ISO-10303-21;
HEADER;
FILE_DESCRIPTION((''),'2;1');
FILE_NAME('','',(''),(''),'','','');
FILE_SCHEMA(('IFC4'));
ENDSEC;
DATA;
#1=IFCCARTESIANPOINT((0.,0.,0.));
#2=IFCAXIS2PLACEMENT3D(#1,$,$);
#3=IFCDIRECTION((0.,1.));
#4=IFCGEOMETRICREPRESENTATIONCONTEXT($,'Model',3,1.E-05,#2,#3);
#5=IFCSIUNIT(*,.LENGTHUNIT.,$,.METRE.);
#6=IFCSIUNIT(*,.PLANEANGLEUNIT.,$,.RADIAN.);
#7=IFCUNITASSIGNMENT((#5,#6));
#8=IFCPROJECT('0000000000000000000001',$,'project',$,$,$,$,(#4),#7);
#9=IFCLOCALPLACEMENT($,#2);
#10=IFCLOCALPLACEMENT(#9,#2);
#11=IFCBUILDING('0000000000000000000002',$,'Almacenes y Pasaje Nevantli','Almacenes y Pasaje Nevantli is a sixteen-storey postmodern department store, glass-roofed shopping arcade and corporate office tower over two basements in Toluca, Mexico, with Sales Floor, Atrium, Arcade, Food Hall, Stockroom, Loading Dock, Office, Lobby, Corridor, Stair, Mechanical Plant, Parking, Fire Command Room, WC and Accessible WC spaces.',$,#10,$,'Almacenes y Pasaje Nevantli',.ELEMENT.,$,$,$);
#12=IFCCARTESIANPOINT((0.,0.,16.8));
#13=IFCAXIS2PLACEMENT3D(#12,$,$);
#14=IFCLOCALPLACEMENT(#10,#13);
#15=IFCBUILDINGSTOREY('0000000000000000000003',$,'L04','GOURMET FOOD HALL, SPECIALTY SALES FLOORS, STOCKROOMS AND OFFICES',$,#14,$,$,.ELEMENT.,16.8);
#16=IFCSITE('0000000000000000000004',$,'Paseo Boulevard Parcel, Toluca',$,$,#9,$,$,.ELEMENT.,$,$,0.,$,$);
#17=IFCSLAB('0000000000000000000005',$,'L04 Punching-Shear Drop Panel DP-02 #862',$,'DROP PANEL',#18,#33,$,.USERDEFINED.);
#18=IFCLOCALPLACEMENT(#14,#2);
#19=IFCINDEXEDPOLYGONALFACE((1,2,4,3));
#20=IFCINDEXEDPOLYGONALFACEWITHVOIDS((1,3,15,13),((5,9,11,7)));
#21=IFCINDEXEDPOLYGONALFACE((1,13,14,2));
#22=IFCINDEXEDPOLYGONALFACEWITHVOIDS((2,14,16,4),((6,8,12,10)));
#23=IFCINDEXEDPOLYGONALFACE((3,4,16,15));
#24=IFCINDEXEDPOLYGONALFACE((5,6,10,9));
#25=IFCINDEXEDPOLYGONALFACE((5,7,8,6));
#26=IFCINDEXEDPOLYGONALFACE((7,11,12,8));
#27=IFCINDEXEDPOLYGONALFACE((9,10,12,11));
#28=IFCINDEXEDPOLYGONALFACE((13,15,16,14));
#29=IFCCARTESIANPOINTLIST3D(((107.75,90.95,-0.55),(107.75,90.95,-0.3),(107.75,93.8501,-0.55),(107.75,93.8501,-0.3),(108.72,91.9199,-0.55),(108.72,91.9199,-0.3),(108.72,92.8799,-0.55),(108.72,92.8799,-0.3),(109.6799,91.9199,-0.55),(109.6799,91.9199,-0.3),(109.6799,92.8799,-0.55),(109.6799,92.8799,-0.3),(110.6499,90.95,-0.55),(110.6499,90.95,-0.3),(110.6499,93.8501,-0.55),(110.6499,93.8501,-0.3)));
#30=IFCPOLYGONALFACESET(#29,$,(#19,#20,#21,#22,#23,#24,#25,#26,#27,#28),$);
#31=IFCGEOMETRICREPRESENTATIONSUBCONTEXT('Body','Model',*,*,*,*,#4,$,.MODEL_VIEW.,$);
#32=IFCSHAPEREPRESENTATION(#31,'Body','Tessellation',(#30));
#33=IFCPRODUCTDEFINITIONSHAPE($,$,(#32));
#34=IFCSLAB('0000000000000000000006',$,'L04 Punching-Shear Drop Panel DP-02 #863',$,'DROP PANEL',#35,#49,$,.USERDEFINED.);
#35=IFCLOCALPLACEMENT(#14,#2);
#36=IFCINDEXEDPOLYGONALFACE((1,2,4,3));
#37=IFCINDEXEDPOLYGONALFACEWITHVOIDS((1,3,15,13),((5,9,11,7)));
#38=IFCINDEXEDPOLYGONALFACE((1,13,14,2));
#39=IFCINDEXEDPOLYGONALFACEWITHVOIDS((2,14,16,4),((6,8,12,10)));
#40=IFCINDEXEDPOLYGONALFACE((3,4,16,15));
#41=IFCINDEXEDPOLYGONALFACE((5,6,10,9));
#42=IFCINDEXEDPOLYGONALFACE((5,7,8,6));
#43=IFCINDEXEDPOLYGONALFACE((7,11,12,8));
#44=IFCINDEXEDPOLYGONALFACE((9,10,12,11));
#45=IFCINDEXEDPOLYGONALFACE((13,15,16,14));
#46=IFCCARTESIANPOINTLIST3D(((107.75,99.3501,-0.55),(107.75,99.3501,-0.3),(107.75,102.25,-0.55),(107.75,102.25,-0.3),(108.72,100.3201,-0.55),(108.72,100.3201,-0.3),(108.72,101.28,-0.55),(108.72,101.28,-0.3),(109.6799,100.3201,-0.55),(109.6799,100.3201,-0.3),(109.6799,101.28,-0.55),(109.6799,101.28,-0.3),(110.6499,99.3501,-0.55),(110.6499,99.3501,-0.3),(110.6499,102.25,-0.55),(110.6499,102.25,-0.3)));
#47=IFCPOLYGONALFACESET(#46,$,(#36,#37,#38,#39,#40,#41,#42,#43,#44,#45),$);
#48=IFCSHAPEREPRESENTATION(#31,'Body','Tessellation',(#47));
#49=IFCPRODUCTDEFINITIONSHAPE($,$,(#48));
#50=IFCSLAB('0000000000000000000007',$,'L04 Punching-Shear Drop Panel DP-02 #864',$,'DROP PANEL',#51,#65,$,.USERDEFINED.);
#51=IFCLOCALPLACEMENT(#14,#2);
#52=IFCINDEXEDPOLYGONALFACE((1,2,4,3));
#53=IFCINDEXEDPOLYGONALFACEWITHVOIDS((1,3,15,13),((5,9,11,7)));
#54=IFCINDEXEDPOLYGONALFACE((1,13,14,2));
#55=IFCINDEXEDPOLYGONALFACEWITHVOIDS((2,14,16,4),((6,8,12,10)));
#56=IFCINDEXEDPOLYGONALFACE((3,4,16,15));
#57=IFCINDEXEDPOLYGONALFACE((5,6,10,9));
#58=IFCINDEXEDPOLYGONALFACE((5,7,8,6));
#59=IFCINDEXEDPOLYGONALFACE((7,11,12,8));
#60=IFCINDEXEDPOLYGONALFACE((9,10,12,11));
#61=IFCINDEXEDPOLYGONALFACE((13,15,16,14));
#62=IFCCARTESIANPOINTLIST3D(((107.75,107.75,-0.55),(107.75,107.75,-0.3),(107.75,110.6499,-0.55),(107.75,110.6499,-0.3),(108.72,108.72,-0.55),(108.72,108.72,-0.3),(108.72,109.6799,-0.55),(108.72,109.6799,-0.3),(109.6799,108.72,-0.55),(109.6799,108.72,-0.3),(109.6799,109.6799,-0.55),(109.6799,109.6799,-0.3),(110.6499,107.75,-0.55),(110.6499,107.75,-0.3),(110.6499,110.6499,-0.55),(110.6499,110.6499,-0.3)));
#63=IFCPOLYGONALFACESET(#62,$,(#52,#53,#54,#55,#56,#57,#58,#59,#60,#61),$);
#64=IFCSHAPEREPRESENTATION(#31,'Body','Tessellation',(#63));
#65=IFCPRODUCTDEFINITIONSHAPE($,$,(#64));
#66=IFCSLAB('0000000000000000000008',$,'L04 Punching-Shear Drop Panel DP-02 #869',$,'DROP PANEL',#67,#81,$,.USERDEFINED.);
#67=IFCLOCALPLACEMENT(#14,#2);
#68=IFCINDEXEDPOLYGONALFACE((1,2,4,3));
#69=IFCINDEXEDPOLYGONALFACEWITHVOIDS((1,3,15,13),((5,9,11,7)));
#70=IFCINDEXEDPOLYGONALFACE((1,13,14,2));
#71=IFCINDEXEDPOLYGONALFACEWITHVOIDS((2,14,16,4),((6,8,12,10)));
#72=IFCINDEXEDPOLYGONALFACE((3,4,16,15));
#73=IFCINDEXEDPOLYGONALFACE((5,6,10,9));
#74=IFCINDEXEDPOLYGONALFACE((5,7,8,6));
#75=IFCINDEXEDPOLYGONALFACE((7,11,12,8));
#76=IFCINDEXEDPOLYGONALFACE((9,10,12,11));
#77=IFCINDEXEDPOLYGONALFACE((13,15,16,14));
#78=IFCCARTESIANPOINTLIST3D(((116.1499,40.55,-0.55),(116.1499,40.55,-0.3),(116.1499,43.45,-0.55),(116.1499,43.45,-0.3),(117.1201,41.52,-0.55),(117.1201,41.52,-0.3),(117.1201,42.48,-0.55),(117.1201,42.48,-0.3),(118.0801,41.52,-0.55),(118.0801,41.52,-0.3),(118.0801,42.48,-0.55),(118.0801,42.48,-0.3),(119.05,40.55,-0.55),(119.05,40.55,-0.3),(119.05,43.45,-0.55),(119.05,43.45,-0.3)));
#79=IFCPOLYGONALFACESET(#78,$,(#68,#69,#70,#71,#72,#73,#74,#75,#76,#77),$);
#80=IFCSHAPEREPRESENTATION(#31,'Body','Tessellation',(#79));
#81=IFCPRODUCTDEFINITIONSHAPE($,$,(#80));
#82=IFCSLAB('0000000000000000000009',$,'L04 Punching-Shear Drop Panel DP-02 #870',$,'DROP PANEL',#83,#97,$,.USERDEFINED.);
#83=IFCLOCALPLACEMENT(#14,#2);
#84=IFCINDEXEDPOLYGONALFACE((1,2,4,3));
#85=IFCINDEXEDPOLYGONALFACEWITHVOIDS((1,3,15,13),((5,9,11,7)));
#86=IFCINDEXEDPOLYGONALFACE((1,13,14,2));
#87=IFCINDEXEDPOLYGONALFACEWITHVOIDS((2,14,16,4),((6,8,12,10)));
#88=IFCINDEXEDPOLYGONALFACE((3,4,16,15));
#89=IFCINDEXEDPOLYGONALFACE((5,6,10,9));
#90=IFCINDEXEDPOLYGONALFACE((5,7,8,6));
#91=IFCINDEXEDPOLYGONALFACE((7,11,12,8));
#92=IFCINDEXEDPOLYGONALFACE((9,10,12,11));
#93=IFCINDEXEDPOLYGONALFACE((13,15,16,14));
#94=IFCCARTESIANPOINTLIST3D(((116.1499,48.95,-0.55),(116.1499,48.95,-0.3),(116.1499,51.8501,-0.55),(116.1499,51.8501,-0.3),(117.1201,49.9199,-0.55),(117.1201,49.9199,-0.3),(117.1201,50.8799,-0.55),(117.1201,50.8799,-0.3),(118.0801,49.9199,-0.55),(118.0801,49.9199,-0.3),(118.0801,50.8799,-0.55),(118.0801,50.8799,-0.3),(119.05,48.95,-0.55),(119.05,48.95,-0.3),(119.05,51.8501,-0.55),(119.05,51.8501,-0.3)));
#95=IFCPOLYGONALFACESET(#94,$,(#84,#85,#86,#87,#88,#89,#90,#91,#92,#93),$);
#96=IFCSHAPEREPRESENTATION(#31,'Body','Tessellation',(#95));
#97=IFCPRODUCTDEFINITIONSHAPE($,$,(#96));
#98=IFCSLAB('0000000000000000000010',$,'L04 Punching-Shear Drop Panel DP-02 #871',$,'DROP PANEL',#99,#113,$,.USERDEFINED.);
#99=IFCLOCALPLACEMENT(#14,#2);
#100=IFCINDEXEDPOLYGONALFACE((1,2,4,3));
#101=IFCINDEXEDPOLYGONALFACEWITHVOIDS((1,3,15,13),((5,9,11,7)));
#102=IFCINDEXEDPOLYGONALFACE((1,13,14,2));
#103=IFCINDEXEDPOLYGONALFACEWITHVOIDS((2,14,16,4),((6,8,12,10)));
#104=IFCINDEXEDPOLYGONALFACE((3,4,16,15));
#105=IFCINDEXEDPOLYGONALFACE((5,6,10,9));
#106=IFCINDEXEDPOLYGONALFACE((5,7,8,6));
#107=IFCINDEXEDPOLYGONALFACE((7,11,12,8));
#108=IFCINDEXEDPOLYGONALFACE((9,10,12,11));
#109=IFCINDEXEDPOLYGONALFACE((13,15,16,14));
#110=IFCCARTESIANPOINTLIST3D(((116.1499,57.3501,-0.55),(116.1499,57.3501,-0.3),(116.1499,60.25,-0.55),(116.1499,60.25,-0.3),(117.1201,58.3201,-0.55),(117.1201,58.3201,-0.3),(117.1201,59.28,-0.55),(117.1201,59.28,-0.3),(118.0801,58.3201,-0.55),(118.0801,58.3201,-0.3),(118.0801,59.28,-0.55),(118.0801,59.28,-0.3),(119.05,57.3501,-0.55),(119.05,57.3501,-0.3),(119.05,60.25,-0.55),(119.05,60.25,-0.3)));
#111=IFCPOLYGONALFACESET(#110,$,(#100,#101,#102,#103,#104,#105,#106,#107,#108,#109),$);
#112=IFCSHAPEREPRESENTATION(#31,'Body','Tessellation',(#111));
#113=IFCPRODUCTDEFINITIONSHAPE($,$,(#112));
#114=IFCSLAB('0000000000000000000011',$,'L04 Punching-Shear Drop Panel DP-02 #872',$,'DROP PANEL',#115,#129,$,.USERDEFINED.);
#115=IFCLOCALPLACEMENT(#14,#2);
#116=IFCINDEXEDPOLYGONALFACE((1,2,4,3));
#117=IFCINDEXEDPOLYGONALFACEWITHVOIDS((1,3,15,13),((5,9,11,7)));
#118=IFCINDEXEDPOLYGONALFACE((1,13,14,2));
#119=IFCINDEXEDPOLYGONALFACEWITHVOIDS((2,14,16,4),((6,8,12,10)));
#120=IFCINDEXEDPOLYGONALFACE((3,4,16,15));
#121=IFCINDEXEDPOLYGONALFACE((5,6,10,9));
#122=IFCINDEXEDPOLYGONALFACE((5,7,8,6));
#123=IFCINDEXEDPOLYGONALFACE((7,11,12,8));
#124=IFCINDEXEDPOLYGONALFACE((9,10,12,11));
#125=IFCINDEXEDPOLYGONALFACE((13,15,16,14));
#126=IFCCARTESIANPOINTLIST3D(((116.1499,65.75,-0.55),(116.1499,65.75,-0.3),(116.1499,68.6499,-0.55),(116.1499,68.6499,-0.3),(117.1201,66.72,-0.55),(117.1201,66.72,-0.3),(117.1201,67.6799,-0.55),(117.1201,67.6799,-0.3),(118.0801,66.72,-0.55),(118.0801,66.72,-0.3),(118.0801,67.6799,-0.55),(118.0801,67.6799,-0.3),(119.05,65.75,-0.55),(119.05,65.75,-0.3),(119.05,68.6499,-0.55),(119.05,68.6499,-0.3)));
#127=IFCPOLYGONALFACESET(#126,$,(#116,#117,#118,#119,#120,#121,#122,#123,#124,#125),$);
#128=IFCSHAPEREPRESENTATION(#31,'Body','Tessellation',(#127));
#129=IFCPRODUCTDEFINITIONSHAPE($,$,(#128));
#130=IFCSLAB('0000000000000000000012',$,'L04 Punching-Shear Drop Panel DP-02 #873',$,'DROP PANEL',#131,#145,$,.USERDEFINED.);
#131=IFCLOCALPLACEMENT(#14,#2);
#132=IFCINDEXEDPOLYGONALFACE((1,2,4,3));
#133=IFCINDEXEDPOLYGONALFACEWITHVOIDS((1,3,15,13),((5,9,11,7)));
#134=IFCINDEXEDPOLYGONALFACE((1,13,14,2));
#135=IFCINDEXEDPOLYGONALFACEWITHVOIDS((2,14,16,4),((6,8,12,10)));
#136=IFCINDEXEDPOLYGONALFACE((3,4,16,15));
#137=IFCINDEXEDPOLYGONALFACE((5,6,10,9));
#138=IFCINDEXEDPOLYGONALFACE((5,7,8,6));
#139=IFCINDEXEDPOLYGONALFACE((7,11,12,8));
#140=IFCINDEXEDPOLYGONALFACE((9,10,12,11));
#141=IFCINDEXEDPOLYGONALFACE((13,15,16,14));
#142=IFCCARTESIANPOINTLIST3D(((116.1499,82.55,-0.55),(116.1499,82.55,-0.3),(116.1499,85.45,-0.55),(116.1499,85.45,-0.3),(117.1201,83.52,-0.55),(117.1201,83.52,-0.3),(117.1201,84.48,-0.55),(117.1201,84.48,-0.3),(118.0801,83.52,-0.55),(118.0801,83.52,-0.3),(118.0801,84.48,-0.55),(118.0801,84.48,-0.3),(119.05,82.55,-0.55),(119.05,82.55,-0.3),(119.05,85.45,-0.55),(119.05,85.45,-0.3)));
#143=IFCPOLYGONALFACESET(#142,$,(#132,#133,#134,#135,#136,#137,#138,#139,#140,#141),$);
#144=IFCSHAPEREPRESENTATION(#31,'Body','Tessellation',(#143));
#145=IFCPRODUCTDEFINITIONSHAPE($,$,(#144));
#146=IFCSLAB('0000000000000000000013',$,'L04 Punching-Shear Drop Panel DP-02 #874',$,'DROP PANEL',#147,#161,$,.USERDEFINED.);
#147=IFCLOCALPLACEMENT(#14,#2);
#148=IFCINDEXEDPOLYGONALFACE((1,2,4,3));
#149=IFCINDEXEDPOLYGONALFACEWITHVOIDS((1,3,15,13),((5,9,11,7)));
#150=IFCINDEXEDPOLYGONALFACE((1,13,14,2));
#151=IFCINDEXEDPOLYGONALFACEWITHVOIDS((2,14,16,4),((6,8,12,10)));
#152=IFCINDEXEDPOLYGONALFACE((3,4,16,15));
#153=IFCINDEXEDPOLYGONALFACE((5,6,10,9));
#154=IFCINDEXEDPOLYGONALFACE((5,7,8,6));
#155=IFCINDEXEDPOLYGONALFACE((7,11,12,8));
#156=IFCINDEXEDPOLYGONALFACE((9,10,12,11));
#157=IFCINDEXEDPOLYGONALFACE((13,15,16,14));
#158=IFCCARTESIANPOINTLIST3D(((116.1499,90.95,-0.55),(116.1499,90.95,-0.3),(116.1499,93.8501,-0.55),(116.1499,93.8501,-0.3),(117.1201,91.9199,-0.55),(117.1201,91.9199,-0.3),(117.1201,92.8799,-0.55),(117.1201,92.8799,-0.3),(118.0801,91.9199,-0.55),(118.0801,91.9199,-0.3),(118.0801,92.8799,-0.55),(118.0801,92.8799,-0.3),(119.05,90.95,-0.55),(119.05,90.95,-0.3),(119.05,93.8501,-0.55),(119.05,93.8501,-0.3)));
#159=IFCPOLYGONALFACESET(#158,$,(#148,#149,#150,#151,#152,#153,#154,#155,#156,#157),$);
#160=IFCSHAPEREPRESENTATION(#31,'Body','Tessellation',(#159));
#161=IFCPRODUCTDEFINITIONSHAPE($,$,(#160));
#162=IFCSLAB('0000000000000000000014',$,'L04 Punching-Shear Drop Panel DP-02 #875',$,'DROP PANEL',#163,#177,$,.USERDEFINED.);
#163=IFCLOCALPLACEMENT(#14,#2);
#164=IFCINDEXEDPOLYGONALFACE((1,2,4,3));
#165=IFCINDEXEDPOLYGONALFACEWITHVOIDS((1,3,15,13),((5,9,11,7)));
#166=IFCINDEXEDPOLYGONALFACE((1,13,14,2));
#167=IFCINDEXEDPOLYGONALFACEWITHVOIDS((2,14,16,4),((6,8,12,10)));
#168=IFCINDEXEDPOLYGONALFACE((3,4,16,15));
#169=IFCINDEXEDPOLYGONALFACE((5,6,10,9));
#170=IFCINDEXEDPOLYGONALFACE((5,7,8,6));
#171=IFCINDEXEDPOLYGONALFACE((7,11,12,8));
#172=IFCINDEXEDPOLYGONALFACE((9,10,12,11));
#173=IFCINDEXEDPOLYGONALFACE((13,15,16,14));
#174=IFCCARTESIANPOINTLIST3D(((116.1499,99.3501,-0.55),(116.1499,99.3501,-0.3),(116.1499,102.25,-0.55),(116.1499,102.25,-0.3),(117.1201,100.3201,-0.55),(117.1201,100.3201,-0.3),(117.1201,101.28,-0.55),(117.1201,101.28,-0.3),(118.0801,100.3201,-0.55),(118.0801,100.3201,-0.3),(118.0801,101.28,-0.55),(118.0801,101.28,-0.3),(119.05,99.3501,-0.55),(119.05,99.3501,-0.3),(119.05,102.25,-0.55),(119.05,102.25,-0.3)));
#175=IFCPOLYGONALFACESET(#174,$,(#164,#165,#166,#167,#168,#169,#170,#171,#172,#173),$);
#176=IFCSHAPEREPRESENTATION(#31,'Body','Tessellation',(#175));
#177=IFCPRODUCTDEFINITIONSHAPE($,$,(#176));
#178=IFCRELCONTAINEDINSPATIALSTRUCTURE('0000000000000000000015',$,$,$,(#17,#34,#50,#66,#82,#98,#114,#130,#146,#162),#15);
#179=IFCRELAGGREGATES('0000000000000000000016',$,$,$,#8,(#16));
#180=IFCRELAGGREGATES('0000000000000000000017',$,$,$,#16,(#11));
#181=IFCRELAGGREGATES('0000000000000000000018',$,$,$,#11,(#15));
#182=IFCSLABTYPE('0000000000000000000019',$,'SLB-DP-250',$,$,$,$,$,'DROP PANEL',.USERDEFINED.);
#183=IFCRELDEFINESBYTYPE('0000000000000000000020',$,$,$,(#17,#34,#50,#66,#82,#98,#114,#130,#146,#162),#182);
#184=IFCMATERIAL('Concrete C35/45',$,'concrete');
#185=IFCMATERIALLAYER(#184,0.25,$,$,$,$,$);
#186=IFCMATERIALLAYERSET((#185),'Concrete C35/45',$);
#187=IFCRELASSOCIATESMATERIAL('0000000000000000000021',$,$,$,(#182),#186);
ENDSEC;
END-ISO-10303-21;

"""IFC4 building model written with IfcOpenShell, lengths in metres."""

from ifc_helpers import new_model, si_unit, direction, frame, origin, place, context, subcontext, project, spatial, polyline, outline, extrude, material, layer, layer_set, type_object, element, save


model = new_model("IFC4")

# Units and contexts
model_context = context("Model", 3, precision=1e-05, world=origin(), true_north=direction((0.0, 1.0)))
body_context = subcontext(model_context, "Body", "Model", "MODEL_VIEW")
ifc_project = project(units=[si_unit("LENGTHUNIT", "METRE"), si_unit("PLANEANGLEUNIT", "RADIAN")], contexts=[model_context])

# Site, building, storey
site_placement = place(None, origin())
site = spatial("IfcSite", under=ifc_project, at=site_placement, Name="Paseo Boulevard Parcel, Toluca", CompositionType="ELEMENT", RefElevation=0.0)
building_placement = place(site_placement, origin())
building = spatial("IfcBuilding", under=site, at=building_placement, Name="Almacenes y Pasaje Nevantli", Description="Almacenes y Pasaje Nevantli is a sixteen-storey postmodern department store, glass-roofed shopping arcade and corporate office tower over two basements in Toluca, Mexico, with Sales Floor, Atrium, Arcade, Food Hall, Stockroom, Loading Dock, Office, Lobby, Corridor, Stair, Mechanical Plant, Parking, Fire Command Room, WC and Accessible WC spaces.", LongName="Almacenes y Pasaje Nevantli", CompositionType="ELEMENT")
storey_placement = place(building_placement, frame((0.0, 0.0, 16.8)))
storey = spatial("IfcBuildingStorey", under=building, at=storey_placement, Name="L04", Description="GOURMET FOOD HALL, SPECIALTY SALES FLOORS, STOCKROOMS AND OFFICES", CompositionType="ELEMENT", Elevation=16.8)

# Slabs
ifc_material_1 = material(Name="Concrete C35/45", Category="concrete")
ifc_layer_1 = layer(ifc_material_1, 0.25)
ifc_layer_set_1 = layer_set([ifc_layer_1], Name="Concrete C35/45")
slab_type_1 = type_object("IfcSlabType", Name="SLB-DP-250", ElementType="DROP PANEL", PredefinedType="USERDEFINED", material=ifc_layer_set_1)
slab_1_placement = place(storey_placement, frame((0.0, 0.0, -0.55)))
element("IfcSlab", 1, at=slab_1_placement, inside=storey, type_object=slab_type_1, Name="L04 Punching-Shear Drop Panel DP-02 #862", ObjectType="DROP PANEL", PredefinedType="USERDEFINED", context=body_context, shape_type="SweptSolid", body=[
    extrude(outline(polyline([(107.75, 90.95), (110.6499, 90.95), (110.6499, 93.8501), (107.75, 93.8501), (107.75, 90.95)]), holes=[polyline([(108.72, 91.9199), (109.6799, 91.9199), (109.6799, 92.8799), (108.72, 92.8799), (108.72, 91.9199)])]), origin(), (0.0, 0.0, 1.0), 0.25),
])
slab_2_placement = place(storey_placement, frame((0.0, 0.0, -0.55)))
element("IfcSlab", 2, at=slab_2_placement, inside=storey, type_object=slab_type_1, Name="L04 Punching-Shear Drop Panel DP-02 #863", ObjectType="DROP PANEL", PredefinedType="USERDEFINED", context=body_context, shape_type="SweptSolid", body=[
    extrude(outline(polyline([(107.75, 99.3501), (110.6499, 99.3501), (110.6499, 102.25), (107.75, 102.25), (107.75, 99.3501)]), holes=[polyline([(108.72, 100.3201), (109.6799, 100.3201), (109.6799, 101.28), (108.72, 101.28), (108.72, 100.3201)])]), origin(), (0.0, 0.0, 1.0), 0.25),
])
slab_3_placement = place(storey_placement, frame((0.0, 0.0, -0.55)))
element("IfcSlab", 3, at=slab_3_placement, inside=storey, type_object=slab_type_1, Name="L04 Punching-Shear Drop Panel DP-02 #864", ObjectType="DROP PANEL", PredefinedType="USERDEFINED", context=body_context, shape_type="SweptSolid", body=[
    extrude(outline(polyline([(107.75, 107.75), (110.6499, 107.75), (110.6499, 110.6499), (107.75, 110.6499), (107.75, 107.75)]), holes=[polyline([(108.72, 108.72), (109.6799, 108.72), (109.6799, 109.6799), (108.72, 109.6799), (108.72, 108.72)])]), origin(), (0.0, 0.0, 1.0), 0.25),
])
slab_4_placement = place(storey_placement, frame((0.0, 0.0, -0.55)))
element("IfcSlab", 4, at=slab_4_placement, inside=storey, type_object=slab_type_1, Name="L04 Punching-Shear Drop Panel DP-02 #869", ObjectType="DROP PANEL", PredefinedType="USERDEFINED", context=body_context, shape_type="SweptSolid", body=[
    extrude(outline(polyline([(116.1499, 40.55), (119.05, 40.55), (119.05, 43.45), (116.1499, 43.45), (116.1499, 40.55)]), holes=[polyline([(117.1201, 41.52), (118.0801, 41.52), (118.0801, 42.48), (117.1201, 42.48), (117.1201, 41.52)])]), origin(), (0.0, 0.0, 1.0), 0.25),
])
slab_5_placement = place(storey_placement, frame((0.0, 0.0, -0.55)))
element("IfcSlab", 5, at=slab_5_placement, inside=storey, type_object=slab_type_1, Name="L04 Punching-Shear Drop Panel DP-02 #870", ObjectType="DROP PANEL", PredefinedType="USERDEFINED", context=body_context, shape_type="SweptSolid", body=[
    extrude(outline(polyline([(116.1499, 48.95), (119.05, 48.95), (119.05, 51.8501), (116.1499, 51.8501), (116.1499, 48.95)]), holes=[polyline([(117.1201, 49.9199), (118.0801, 49.9199), (118.0801, 50.8799), (117.1201, 50.8799), (117.1201, 49.9199)])]), origin(), (0.0, 0.0, 1.0), 0.25),
])
slab_6_placement = place(storey_placement, frame((0.0, 0.0, -0.55)))
element("IfcSlab", 6, at=slab_6_placement, inside=storey, type_object=slab_type_1, Name="L04 Punching-Shear Drop Panel DP-02 #871", ObjectType="DROP PANEL", PredefinedType="USERDEFINED", context=body_context, shape_type="SweptSolid", body=[
    extrude(outline(polyline([(116.1499, 57.3501), (119.05, 57.3501), (119.05, 60.25), (116.1499, 60.25), (116.1499, 57.3501)]), holes=[polyline([(117.1201, 58.3201), (118.0801, 58.3201), (118.0801, 59.28), (117.1201, 59.28), (117.1201, 58.3201)])]), origin(), (0.0, 0.0, 1.0), 0.25),
])
slab_7_placement = place(storey_placement, frame((0.0, 0.0, -0.55)))
element("IfcSlab", 7, at=slab_7_placement, inside=storey, type_object=slab_type_1, Name="L04 Punching-Shear Drop Panel DP-02 #872", ObjectType="DROP PANEL", PredefinedType="USERDEFINED", context=body_context, shape_type="SweptSolid", body=[
    extrude(outline(polyline([(116.1499, 65.75), (119.05, 65.75), (119.05, 68.6499), (116.1499, 68.6499), (116.1499, 65.75)]), holes=[polyline([(117.1201, 66.72), (118.0801, 66.72), (118.0801, 67.6799), (117.1201, 67.6799), (117.1201, 66.72)])]), origin(), (0.0, 0.0, 1.0), 0.25),
])
slab_8_placement = place(storey_placement, frame((0.0, 0.0, -0.55)))
element("IfcSlab", 8, at=slab_8_placement, inside=storey, type_object=slab_type_1, Name="L04 Punching-Shear Drop Panel DP-02 #873", ObjectType="DROP PANEL", PredefinedType="USERDEFINED", context=body_context, shape_type="SweptSolid", body=[
    extrude(outline(polyline([(116.1499, 82.55), (119.05, 82.55), (119.05, 85.45), (116.1499, 85.45), (116.1499, 82.55)]), holes=[polyline([(117.1201, 83.52), (118.0801, 83.52), (118.0801, 84.48), (117.1201, 84.48), (117.1201, 83.52)])]), origin(), (0.0, 0.0, 1.0), 0.25),
])
slab_9_placement = place(storey_placement, frame((0.0, 0.0, -0.55)))
element("IfcSlab", 9, at=slab_9_placement, inside=storey, type_object=slab_type_1, Name="L04 Punching-Shear Drop Panel DP-02 #874", ObjectType="DROP PANEL", PredefinedType="USERDEFINED", context=body_context, shape_type="SweptSolid", body=[
    extrude(outline(polyline([(116.1499, 90.95), (119.05, 90.95), (119.05, 93.8501), (116.1499, 93.8501), (116.1499, 90.95)]), holes=[polyline([(117.1201, 91.9199), (118.0801, 91.9199), (118.0801, 92.8799), (117.1201, 92.8799), (117.1201, 91.9199)])]), origin(), (0.0, 0.0, 1.0), 0.25),
])
slab_10_placement = place(storey_placement, frame((0.0, 0.0, -0.55)))
element("IfcSlab", 10, at=slab_10_placement, inside=storey, type_object=slab_type_1, Name="L04 Punching-Shear Drop Panel DP-02 #875", ObjectType="DROP PANEL", PredefinedType="USERDEFINED", context=body_context, shape_type="SweptSolid", body=[
    extrude(outline(polyline([(116.1499, 99.3501), (119.05, 99.3501), (119.05, 102.25), (116.1499, 102.25), (116.1499, 99.3501)]), holes=[polyline([(117.1201, 100.3201), (118.0801, 100.3201), (118.0801, 101.28), (117.1201, 101.28), (117.1201, 100.3201)])]), origin(), (0.0, 0.0, 1.0), 0.25),
])

save(model, "model.ifc")
